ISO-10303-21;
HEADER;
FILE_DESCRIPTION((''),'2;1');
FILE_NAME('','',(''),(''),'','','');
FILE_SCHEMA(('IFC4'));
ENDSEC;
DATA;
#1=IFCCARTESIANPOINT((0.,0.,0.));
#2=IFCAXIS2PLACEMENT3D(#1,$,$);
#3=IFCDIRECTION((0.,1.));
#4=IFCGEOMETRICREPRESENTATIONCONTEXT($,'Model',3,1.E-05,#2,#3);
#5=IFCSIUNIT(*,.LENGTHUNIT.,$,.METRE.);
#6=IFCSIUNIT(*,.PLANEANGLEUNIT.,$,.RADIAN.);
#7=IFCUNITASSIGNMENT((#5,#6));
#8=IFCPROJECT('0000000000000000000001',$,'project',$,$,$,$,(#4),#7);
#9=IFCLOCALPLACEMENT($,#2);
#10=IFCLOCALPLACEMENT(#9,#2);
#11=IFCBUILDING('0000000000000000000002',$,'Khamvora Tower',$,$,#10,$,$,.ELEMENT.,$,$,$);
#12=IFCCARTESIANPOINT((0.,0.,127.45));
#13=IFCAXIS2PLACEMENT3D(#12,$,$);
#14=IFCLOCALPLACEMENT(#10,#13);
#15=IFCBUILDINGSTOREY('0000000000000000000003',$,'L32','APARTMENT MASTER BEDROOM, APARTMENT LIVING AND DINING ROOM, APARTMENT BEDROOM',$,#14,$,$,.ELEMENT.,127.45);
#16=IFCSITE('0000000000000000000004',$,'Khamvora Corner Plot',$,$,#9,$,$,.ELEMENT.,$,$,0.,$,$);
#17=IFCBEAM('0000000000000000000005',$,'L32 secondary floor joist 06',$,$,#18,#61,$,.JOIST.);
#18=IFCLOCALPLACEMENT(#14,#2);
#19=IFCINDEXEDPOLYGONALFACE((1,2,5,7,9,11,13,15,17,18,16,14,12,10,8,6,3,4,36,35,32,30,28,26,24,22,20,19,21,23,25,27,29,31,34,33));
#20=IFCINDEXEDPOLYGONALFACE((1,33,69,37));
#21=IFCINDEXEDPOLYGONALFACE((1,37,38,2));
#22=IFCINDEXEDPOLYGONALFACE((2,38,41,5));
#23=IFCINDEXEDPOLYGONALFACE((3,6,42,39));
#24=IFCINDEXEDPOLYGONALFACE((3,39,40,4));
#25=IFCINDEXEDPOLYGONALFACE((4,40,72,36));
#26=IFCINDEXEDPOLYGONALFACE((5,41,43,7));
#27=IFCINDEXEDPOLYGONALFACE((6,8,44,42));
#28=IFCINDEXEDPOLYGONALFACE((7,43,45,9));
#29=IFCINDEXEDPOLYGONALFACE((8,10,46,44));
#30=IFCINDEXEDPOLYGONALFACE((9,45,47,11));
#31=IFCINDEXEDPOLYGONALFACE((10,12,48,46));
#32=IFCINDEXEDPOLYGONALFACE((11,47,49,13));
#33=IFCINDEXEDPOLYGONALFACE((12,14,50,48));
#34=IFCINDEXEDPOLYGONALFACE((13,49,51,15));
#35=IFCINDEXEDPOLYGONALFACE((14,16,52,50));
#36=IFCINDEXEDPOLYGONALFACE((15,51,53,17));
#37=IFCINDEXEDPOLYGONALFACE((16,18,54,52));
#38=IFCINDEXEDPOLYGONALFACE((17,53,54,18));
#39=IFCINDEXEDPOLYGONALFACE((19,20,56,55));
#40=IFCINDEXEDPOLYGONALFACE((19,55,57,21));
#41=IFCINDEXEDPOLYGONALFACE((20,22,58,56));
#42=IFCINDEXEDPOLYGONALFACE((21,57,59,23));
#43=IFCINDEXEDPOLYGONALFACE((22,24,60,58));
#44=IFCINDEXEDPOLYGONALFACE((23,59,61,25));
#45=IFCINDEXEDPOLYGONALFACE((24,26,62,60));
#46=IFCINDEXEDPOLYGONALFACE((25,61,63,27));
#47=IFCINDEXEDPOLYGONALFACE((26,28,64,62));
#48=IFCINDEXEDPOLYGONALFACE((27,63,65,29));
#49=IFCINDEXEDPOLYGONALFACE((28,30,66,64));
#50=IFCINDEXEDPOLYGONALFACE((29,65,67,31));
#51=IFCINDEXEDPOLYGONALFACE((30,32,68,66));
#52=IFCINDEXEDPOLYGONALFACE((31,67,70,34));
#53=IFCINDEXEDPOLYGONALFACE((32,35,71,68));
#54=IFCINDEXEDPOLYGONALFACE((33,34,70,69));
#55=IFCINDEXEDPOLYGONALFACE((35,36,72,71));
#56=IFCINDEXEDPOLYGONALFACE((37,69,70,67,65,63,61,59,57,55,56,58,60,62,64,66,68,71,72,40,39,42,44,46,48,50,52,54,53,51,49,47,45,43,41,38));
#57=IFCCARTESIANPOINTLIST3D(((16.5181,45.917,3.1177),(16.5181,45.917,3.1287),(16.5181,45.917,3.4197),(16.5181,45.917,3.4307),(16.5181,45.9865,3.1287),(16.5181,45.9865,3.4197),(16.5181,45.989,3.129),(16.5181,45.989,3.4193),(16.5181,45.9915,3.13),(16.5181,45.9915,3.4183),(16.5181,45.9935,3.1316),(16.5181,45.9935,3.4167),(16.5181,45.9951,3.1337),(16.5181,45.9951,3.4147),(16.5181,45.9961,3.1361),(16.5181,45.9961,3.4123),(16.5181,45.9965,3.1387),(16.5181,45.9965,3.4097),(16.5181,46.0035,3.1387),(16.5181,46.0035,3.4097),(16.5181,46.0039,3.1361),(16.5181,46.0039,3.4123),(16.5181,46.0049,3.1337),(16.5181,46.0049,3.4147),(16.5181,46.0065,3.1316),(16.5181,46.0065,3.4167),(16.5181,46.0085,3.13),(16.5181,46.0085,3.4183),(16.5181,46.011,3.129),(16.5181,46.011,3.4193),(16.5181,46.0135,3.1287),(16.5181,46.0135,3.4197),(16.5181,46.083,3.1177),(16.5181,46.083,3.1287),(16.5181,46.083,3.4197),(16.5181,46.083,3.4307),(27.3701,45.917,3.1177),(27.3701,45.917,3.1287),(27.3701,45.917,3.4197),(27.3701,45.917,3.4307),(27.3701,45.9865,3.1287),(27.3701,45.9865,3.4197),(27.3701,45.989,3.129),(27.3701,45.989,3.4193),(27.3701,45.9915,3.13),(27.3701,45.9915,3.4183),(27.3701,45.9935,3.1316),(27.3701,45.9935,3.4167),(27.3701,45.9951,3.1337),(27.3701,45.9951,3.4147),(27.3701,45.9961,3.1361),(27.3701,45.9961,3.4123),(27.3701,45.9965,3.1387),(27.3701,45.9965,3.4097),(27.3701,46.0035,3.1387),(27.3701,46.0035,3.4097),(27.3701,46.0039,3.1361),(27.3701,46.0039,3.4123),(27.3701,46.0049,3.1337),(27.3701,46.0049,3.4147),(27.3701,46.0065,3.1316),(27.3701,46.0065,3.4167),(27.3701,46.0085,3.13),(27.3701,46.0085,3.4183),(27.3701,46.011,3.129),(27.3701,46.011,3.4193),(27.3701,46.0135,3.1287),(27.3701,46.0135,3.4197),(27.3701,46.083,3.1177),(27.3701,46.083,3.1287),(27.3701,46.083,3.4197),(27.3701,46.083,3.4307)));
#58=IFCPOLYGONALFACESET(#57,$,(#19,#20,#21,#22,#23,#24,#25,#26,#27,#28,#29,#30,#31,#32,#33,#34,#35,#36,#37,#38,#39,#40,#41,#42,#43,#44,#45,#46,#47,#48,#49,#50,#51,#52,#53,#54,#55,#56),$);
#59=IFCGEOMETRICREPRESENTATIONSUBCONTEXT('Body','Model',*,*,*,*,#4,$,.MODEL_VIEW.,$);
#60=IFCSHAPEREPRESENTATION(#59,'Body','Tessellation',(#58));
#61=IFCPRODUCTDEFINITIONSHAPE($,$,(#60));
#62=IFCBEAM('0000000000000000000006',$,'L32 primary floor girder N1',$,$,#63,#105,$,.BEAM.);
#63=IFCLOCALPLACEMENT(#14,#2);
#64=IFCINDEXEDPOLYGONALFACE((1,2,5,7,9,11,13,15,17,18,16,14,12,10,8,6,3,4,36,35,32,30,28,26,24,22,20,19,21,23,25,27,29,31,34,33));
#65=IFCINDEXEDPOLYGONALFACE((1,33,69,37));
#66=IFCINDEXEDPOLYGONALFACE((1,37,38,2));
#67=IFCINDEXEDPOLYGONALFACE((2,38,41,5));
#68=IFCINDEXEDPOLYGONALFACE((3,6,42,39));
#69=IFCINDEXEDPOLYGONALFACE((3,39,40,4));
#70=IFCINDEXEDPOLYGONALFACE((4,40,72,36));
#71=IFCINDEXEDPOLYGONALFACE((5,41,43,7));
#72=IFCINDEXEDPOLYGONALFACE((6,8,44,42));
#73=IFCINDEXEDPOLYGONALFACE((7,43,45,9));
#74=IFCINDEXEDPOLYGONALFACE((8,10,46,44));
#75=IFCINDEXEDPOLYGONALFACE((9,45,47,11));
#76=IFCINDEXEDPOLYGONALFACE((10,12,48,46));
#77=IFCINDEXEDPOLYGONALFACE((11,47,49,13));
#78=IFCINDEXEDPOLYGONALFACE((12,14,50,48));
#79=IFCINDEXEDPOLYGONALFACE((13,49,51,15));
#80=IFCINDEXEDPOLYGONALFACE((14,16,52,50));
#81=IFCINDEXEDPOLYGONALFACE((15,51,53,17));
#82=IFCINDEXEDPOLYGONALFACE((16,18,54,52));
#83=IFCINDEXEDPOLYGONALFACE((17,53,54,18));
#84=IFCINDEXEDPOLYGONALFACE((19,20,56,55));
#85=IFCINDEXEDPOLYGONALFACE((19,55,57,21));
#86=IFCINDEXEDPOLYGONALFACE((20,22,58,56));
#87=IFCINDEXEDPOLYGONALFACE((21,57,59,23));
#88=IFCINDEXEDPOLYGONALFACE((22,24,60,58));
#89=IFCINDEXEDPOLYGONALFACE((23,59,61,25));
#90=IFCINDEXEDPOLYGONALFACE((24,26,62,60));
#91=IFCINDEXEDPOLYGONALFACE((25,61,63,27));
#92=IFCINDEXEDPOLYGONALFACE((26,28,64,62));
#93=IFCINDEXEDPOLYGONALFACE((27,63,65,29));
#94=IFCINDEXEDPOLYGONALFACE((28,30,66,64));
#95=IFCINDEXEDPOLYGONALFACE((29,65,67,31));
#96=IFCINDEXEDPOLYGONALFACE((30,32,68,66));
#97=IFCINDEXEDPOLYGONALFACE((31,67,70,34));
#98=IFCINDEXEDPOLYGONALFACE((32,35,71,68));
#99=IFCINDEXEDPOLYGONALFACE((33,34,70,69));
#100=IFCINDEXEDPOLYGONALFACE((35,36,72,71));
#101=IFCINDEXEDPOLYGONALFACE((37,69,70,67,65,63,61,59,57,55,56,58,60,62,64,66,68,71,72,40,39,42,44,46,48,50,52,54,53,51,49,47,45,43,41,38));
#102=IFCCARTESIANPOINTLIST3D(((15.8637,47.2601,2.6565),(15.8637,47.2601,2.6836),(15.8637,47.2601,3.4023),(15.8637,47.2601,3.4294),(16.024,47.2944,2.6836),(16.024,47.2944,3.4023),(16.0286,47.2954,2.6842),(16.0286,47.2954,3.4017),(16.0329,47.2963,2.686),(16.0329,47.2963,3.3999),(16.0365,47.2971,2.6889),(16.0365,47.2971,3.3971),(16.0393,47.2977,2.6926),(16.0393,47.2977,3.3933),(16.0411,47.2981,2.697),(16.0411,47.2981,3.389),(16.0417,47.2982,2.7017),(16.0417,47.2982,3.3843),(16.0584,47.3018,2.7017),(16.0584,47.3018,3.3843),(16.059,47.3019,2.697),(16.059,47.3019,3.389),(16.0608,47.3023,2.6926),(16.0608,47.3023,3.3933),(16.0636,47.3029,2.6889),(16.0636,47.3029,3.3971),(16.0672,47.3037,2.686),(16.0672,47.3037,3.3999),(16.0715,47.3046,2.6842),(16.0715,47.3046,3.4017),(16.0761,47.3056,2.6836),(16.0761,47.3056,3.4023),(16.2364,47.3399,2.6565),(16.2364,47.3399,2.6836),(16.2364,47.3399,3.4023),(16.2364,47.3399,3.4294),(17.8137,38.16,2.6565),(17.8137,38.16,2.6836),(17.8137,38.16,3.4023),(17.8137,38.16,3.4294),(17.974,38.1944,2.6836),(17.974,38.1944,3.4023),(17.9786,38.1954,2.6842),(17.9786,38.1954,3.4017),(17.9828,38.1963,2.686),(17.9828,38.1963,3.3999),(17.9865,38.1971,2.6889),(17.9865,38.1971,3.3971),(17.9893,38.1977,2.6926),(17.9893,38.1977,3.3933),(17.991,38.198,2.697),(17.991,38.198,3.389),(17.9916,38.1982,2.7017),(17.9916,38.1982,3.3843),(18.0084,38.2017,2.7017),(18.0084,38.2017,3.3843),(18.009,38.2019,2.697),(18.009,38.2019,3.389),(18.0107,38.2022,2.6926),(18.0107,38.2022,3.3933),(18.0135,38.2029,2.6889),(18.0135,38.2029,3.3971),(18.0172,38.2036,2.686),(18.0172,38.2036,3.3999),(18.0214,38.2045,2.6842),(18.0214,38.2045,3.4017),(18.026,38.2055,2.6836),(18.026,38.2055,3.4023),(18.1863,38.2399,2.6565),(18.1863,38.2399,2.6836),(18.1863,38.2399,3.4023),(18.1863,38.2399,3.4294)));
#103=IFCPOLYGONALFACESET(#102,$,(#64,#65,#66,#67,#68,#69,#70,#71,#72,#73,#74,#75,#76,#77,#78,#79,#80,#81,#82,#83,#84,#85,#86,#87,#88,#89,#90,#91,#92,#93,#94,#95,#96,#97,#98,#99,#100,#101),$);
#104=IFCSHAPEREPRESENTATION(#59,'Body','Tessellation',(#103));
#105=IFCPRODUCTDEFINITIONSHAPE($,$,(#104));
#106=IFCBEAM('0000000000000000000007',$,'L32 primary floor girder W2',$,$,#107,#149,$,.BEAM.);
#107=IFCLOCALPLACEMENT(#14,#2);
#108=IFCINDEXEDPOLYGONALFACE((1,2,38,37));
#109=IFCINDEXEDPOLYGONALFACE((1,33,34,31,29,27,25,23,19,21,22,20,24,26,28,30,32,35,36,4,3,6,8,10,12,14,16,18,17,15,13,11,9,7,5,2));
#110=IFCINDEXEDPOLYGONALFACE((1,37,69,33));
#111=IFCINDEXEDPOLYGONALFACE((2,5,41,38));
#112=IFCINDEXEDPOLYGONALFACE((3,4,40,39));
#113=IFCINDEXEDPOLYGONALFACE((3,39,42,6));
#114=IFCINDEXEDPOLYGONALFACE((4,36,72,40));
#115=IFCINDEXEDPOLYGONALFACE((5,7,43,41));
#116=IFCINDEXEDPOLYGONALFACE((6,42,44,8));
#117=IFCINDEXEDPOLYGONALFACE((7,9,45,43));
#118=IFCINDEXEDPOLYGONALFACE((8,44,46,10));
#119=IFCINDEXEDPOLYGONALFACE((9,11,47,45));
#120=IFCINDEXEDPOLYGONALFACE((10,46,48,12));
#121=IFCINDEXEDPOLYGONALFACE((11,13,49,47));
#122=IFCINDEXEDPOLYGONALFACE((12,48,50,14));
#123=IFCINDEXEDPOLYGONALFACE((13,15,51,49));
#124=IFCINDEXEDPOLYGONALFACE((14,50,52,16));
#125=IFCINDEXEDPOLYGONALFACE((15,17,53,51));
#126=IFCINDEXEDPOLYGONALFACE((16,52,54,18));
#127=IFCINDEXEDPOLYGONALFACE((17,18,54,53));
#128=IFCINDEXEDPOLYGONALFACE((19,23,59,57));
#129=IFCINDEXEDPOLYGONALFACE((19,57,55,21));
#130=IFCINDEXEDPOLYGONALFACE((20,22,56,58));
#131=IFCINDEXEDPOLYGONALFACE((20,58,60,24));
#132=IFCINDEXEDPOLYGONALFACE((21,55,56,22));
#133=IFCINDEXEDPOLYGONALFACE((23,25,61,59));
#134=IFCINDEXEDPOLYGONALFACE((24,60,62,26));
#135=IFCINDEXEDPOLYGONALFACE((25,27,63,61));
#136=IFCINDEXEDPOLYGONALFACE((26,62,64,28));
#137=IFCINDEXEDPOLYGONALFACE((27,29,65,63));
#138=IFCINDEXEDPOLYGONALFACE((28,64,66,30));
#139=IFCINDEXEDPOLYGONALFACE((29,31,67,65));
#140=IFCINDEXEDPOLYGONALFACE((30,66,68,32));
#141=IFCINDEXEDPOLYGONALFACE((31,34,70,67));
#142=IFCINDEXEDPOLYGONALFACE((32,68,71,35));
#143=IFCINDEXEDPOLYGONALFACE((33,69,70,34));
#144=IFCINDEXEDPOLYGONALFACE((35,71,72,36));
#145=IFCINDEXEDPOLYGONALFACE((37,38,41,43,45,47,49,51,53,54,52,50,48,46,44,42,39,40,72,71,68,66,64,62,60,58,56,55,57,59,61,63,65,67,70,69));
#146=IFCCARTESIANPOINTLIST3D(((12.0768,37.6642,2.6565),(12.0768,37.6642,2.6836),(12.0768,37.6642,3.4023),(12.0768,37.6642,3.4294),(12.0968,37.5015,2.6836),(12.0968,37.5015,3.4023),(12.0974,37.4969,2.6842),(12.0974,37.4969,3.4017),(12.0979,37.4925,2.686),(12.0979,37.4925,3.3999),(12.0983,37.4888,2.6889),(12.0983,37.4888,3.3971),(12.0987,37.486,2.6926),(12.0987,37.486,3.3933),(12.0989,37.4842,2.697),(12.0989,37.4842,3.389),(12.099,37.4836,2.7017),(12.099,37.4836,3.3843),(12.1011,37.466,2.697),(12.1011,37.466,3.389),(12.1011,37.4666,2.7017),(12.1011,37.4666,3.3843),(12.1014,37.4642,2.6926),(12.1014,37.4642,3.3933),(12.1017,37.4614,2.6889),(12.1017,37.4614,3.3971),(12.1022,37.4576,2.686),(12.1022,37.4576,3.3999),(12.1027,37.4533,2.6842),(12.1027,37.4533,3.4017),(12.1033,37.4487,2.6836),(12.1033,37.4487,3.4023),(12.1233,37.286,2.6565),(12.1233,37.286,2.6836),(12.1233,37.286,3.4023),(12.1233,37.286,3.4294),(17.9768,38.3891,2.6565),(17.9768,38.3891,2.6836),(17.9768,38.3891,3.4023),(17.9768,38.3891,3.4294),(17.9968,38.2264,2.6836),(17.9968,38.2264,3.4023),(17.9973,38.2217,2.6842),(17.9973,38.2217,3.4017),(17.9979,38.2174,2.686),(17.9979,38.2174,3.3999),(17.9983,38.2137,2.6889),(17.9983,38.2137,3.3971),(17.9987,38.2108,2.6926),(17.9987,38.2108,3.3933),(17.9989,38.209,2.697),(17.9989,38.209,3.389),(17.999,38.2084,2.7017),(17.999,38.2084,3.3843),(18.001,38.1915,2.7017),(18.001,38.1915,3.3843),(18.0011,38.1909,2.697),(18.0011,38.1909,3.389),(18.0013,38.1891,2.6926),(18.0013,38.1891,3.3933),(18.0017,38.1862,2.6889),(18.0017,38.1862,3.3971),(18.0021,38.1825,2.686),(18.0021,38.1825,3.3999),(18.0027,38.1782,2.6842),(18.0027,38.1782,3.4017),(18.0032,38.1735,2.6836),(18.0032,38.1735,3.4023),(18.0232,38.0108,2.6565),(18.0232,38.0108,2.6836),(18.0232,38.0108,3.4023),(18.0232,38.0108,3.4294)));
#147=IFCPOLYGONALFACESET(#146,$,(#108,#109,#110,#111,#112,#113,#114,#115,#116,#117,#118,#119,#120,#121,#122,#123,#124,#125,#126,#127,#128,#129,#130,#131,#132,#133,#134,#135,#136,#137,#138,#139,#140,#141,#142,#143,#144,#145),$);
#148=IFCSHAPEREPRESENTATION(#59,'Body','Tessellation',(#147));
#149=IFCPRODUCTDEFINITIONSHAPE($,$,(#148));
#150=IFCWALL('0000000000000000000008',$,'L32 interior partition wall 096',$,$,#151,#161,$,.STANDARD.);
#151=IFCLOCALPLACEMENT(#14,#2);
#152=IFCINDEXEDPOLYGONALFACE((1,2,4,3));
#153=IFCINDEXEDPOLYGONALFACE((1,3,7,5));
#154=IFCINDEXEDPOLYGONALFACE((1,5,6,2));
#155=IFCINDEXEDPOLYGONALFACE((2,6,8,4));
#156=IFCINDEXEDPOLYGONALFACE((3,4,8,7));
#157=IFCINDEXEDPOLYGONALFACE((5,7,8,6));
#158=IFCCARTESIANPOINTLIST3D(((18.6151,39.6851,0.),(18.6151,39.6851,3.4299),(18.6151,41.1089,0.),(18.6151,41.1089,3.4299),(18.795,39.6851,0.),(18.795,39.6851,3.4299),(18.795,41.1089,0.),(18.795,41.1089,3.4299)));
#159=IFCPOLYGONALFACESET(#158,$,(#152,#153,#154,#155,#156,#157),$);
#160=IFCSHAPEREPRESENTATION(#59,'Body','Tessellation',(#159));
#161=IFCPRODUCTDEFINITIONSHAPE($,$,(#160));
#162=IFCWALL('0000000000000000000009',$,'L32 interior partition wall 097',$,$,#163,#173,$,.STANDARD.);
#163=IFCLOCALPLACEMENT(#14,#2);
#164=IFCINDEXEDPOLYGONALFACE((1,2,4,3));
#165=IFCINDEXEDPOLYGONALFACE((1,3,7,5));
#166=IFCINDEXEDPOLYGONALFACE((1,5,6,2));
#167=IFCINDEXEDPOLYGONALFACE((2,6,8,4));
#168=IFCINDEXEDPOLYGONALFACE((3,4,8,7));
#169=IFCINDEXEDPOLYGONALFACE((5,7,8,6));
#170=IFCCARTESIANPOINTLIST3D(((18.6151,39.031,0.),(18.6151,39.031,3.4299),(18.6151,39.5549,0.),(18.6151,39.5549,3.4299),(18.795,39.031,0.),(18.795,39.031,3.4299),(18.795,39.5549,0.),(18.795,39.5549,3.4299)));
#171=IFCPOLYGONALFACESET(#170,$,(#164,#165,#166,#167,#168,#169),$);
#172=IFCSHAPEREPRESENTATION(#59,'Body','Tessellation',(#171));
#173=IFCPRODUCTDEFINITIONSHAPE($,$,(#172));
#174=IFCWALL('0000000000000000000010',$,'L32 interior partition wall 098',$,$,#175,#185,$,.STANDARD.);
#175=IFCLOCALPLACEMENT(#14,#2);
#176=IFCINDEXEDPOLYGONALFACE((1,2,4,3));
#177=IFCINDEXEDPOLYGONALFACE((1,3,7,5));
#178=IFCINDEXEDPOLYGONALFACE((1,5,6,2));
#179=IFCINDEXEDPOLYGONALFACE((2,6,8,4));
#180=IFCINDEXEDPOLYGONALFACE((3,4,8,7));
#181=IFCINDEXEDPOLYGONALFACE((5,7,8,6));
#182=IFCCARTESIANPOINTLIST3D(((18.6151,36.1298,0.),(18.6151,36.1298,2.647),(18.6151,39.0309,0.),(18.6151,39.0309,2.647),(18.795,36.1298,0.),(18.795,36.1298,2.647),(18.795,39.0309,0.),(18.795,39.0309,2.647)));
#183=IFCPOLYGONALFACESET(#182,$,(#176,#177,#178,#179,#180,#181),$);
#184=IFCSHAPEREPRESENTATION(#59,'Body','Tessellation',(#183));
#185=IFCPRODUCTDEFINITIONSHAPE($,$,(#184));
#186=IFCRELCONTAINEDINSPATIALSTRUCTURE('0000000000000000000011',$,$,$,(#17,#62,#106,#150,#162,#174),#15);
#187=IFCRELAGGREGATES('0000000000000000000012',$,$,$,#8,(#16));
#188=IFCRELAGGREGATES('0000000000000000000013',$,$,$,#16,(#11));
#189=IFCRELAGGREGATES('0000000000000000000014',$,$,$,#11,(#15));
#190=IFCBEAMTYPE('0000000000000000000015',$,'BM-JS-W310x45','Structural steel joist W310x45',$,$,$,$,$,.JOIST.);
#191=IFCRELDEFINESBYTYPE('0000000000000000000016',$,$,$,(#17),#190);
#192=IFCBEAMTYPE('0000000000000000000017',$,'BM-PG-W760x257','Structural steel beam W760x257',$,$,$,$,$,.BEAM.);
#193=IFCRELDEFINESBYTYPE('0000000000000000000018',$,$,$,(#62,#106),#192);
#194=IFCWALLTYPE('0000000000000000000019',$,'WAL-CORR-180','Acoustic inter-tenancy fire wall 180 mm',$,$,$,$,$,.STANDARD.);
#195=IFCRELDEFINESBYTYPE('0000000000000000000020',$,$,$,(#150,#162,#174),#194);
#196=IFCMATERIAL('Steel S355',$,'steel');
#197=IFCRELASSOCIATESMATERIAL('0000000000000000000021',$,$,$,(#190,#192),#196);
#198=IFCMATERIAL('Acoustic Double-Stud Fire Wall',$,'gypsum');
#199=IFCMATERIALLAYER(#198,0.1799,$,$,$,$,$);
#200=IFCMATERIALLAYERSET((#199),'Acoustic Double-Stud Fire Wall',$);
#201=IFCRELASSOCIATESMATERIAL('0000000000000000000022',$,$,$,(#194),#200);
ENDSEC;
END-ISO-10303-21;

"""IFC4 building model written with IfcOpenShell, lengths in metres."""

from ifc_helpers import new_model, si_unit, direction, frame, frame_2d, origin, origin_2d, place, context, subcontext, project, spatial, rectangle, i_section, extrude, material, layer, layer_set, material_profile, profile_set, type_object, element, save


model = new_model("IFC4")

# Units and contexts
model_context = context("Model", 3, precision=1e-05, world=origin(), true_north=direction((0.0, 1.0)))
body_context = subcontext(model_context, "Body", "Model", "MODEL_VIEW")
ifc_project = project(units=[si_unit("LENGTHUNIT", "METRE"), si_unit("PLANEANGLEUNIT", "RADIAN")], contexts=[model_context])

# Site, building, storey
site_placement = place(None, origin())
site = spatial("IfcSite", under=ifc_project, at=site_placement, Name="Khamvora Corner Plot", CompositionType="ELEMENT", RefElevation=0.0)
building_placement = place(site_placement, origin())
building = spatial("IfcBuilding", under=site, at=building_placement, Name="Khamvora Tower", CompositionType="ELEMENT")
storey_placement = place(building_placement, frame((0.0, 0.0, 127.45)))
storey = spatial("IfcBuildingStorey", under=building, at=storey_placement, Name="L32", Description="APARTMENT MASTER BEDROOM, APARTMENT LIVING AND DINING ROOM, APARTMENT BEDROOM", CompositionType="ELEMENT", Elevation=127.45)

# Beams
ifc_material_1 = material(Name="Steel S355", Category="steel")
ifc_material_profile_1 = material_profile(ifc_material_1, i_section(OverallWidth=0.166, OverallDepth=0.313, WebThickness=0.0071, FlangeThickness=0.011, FilletRadius=0.01, at=origin_2d()), Name="W310x45")
ifc_profile_set_1 = profile_set([ifc_material_profile_1], Name="Steel S355")
beam_type_1 = type_object("IfcBeamType", Name="BM-JS-W310x45", Description="Structural steel joist W310x45", PredefinedType="JOIST", material=ifc_profile_set_1)
beam_1_placement = place(storey_placement, frame((16.5181, 46.0, 3.2742), z_axis=(1.0, 0.0, 0.0), x_axis=(0.0, 1.0, 0.0)))
element("IfcBeam", 1, at=beam_1_placement, inside=storey, type_object=beam_type_1, Name="L32 secondary floor joist 06", PredefinedType="JOIST", context=body_context, shape_type="SweptSolid", body=[
    extrude(i_section(OverallWidth=0.166, OverallDepth=0.313, WebThickness=0.0071, FlangeThickness=0.011, FilletRadius=0.01, at=origin_2d()), origin(), (0.0, 0.0, 1.0), 10.8521),
])
ifc_material_profile_2 = material_profile(ifc_material_1, i_section(OverallWidth=0.3811, OverallDepth=0.7729, WebThickness=0.0171, FlangeThickness=0.0271, FilletRadius=0.0181, at=origin_2d()), Name="W760x257")
ifc_profile_set_2 = profile_set([ifc_material_profile_2], Name="Steel S355")
beam_type_2 = type_object("IfcBeamType", Name="BM-PG-W760x257", Description="Structural steel beam W760x257", PredefinedType="BEAM", material=ifc_profile_set_2)
beam_2_placement = place(storey_placement, frame((18.0, 38.2, 3.043), z_axis=(-0.209522, 0.977804, 0.0), x_axis=(-0.977804, -0.209522, 0.0)))
element("IfcBeam", 2, at=beam_2_placement, inside=storey, type_object=beam_type_2, Name="L32 primary floor girder N1", PredefinedType="BEAM", context=body_context, shape_type="SweptSolid", body=[
    extrude(i_section(OverallWidth=0.3811, OverallDepth=0.7729, WebThickness=0.0171, FlangeThickness=0.0271, FilletRadius=0.0181, at=origin_2d()), origin(), (0.0, 0.0, 1.0), 9.3066),
])
beam_3_placement = place(storey_placement, frame((18.0, 38.2, 3.043), z_axis=(-0.992537, -0.121942, 0.0), x_axis=(0.121942, -0.992537, 0.0)))
element("IfcBeam", 3, at=beam_3_placement, inside=storey, type_object=beam_type_2, Name="L32 primary floor girder W2", PredefinedType="BEAM", context=body_context, shape_type="SweptSolid", body=[
    extrude(i_section(OverallWidth=0.3811, OverallDepth=0.7729, WebThickness=0.0171, FlangeThickness=0.0271, FilletRadius=0.0181, at=origin_2d()), origin(), (0.0, 0.0, 1.0), 5.9443),
])

# Walls
ifc_material_2 = material(Name="Acoustic Double-Stud Fire Wall", Category="gypsum")
ifc_layer_1 = layer(ifc_material_2, 0.1799)
ifc_layer_set_1 = layer_set([ifc_layer_1], Name="Acoustic Double-Stud Fire Wall")
wall_type_1 = type_object("IfcWallType", Name="WAL-CORR-180", Description="Acoustic inter-tenancy fire wall 180 mm", PredefinedType="STANDARD", material=ifc_layer_set_1)
wall_1_placement = place(storey_placement, frame((18.7051, 41.1089, 0.0), z_axis=(0.0, 0.0, 1.0), x_axis=(0.0, -1.0, 0.0)))
element("IfcWall", 4, at=wall_1_placement, inside=storey, type_object=wall_type_1, Name="L32 interior partition wall 096", PredefinedType="STANDARD", context=body_context, shape_type="SweptSolid", body=[
    extrude(rectangle(XDim=1.4238, YDim=0.1799, at=frame_2d((0.7119, 0.0))), origin(), (0.0, 0.0, 1.0), 3.4299),
])
wall_2_placement = place(storey_placement, frame((18.7051, 39.5549, 0.0), z_axis=(0.0, 0.0, 1.0), x_axis=(0.0, -1.0, 0.0)))
element("IfcWall", 5, at=wall_2_placement, inside=storey, type_object=wall_type_1, Name="L32 interior partition wall 097", PredefinedType="STANDARD", context=body_context, shape_type="SweptSolid", body=[
    extrude(rectangle(XDim=0.5239, YDim=0.1799, at=frame_2d((0.262, 0.0))), origin(), (0.0, 0.0, 1.0), 3.4299),
])
wall_3_placement = place(storey_placement, frame((18.7051, 39.031, 0.0), z_axis=(0.0, 0.0, 1.0), x_axis=(0.0, -1.0, 0.0)))
element("IfcWall", 6, at=wall_3_placement, inside=storey, type_object=wall_type_1, Name="L32 interior partition wall 098", PredefinedType="STANDARD", context=body_context, shape_type="SweptSolid", body=[
    extrude(rectangle(XDim=2.9011, YDim=0.1799, at=frame_2d((1.4507, 0.0))), origin(), (0.0, 0.0, 1.0), 2.647),
])

save(model, "model.ifc")
